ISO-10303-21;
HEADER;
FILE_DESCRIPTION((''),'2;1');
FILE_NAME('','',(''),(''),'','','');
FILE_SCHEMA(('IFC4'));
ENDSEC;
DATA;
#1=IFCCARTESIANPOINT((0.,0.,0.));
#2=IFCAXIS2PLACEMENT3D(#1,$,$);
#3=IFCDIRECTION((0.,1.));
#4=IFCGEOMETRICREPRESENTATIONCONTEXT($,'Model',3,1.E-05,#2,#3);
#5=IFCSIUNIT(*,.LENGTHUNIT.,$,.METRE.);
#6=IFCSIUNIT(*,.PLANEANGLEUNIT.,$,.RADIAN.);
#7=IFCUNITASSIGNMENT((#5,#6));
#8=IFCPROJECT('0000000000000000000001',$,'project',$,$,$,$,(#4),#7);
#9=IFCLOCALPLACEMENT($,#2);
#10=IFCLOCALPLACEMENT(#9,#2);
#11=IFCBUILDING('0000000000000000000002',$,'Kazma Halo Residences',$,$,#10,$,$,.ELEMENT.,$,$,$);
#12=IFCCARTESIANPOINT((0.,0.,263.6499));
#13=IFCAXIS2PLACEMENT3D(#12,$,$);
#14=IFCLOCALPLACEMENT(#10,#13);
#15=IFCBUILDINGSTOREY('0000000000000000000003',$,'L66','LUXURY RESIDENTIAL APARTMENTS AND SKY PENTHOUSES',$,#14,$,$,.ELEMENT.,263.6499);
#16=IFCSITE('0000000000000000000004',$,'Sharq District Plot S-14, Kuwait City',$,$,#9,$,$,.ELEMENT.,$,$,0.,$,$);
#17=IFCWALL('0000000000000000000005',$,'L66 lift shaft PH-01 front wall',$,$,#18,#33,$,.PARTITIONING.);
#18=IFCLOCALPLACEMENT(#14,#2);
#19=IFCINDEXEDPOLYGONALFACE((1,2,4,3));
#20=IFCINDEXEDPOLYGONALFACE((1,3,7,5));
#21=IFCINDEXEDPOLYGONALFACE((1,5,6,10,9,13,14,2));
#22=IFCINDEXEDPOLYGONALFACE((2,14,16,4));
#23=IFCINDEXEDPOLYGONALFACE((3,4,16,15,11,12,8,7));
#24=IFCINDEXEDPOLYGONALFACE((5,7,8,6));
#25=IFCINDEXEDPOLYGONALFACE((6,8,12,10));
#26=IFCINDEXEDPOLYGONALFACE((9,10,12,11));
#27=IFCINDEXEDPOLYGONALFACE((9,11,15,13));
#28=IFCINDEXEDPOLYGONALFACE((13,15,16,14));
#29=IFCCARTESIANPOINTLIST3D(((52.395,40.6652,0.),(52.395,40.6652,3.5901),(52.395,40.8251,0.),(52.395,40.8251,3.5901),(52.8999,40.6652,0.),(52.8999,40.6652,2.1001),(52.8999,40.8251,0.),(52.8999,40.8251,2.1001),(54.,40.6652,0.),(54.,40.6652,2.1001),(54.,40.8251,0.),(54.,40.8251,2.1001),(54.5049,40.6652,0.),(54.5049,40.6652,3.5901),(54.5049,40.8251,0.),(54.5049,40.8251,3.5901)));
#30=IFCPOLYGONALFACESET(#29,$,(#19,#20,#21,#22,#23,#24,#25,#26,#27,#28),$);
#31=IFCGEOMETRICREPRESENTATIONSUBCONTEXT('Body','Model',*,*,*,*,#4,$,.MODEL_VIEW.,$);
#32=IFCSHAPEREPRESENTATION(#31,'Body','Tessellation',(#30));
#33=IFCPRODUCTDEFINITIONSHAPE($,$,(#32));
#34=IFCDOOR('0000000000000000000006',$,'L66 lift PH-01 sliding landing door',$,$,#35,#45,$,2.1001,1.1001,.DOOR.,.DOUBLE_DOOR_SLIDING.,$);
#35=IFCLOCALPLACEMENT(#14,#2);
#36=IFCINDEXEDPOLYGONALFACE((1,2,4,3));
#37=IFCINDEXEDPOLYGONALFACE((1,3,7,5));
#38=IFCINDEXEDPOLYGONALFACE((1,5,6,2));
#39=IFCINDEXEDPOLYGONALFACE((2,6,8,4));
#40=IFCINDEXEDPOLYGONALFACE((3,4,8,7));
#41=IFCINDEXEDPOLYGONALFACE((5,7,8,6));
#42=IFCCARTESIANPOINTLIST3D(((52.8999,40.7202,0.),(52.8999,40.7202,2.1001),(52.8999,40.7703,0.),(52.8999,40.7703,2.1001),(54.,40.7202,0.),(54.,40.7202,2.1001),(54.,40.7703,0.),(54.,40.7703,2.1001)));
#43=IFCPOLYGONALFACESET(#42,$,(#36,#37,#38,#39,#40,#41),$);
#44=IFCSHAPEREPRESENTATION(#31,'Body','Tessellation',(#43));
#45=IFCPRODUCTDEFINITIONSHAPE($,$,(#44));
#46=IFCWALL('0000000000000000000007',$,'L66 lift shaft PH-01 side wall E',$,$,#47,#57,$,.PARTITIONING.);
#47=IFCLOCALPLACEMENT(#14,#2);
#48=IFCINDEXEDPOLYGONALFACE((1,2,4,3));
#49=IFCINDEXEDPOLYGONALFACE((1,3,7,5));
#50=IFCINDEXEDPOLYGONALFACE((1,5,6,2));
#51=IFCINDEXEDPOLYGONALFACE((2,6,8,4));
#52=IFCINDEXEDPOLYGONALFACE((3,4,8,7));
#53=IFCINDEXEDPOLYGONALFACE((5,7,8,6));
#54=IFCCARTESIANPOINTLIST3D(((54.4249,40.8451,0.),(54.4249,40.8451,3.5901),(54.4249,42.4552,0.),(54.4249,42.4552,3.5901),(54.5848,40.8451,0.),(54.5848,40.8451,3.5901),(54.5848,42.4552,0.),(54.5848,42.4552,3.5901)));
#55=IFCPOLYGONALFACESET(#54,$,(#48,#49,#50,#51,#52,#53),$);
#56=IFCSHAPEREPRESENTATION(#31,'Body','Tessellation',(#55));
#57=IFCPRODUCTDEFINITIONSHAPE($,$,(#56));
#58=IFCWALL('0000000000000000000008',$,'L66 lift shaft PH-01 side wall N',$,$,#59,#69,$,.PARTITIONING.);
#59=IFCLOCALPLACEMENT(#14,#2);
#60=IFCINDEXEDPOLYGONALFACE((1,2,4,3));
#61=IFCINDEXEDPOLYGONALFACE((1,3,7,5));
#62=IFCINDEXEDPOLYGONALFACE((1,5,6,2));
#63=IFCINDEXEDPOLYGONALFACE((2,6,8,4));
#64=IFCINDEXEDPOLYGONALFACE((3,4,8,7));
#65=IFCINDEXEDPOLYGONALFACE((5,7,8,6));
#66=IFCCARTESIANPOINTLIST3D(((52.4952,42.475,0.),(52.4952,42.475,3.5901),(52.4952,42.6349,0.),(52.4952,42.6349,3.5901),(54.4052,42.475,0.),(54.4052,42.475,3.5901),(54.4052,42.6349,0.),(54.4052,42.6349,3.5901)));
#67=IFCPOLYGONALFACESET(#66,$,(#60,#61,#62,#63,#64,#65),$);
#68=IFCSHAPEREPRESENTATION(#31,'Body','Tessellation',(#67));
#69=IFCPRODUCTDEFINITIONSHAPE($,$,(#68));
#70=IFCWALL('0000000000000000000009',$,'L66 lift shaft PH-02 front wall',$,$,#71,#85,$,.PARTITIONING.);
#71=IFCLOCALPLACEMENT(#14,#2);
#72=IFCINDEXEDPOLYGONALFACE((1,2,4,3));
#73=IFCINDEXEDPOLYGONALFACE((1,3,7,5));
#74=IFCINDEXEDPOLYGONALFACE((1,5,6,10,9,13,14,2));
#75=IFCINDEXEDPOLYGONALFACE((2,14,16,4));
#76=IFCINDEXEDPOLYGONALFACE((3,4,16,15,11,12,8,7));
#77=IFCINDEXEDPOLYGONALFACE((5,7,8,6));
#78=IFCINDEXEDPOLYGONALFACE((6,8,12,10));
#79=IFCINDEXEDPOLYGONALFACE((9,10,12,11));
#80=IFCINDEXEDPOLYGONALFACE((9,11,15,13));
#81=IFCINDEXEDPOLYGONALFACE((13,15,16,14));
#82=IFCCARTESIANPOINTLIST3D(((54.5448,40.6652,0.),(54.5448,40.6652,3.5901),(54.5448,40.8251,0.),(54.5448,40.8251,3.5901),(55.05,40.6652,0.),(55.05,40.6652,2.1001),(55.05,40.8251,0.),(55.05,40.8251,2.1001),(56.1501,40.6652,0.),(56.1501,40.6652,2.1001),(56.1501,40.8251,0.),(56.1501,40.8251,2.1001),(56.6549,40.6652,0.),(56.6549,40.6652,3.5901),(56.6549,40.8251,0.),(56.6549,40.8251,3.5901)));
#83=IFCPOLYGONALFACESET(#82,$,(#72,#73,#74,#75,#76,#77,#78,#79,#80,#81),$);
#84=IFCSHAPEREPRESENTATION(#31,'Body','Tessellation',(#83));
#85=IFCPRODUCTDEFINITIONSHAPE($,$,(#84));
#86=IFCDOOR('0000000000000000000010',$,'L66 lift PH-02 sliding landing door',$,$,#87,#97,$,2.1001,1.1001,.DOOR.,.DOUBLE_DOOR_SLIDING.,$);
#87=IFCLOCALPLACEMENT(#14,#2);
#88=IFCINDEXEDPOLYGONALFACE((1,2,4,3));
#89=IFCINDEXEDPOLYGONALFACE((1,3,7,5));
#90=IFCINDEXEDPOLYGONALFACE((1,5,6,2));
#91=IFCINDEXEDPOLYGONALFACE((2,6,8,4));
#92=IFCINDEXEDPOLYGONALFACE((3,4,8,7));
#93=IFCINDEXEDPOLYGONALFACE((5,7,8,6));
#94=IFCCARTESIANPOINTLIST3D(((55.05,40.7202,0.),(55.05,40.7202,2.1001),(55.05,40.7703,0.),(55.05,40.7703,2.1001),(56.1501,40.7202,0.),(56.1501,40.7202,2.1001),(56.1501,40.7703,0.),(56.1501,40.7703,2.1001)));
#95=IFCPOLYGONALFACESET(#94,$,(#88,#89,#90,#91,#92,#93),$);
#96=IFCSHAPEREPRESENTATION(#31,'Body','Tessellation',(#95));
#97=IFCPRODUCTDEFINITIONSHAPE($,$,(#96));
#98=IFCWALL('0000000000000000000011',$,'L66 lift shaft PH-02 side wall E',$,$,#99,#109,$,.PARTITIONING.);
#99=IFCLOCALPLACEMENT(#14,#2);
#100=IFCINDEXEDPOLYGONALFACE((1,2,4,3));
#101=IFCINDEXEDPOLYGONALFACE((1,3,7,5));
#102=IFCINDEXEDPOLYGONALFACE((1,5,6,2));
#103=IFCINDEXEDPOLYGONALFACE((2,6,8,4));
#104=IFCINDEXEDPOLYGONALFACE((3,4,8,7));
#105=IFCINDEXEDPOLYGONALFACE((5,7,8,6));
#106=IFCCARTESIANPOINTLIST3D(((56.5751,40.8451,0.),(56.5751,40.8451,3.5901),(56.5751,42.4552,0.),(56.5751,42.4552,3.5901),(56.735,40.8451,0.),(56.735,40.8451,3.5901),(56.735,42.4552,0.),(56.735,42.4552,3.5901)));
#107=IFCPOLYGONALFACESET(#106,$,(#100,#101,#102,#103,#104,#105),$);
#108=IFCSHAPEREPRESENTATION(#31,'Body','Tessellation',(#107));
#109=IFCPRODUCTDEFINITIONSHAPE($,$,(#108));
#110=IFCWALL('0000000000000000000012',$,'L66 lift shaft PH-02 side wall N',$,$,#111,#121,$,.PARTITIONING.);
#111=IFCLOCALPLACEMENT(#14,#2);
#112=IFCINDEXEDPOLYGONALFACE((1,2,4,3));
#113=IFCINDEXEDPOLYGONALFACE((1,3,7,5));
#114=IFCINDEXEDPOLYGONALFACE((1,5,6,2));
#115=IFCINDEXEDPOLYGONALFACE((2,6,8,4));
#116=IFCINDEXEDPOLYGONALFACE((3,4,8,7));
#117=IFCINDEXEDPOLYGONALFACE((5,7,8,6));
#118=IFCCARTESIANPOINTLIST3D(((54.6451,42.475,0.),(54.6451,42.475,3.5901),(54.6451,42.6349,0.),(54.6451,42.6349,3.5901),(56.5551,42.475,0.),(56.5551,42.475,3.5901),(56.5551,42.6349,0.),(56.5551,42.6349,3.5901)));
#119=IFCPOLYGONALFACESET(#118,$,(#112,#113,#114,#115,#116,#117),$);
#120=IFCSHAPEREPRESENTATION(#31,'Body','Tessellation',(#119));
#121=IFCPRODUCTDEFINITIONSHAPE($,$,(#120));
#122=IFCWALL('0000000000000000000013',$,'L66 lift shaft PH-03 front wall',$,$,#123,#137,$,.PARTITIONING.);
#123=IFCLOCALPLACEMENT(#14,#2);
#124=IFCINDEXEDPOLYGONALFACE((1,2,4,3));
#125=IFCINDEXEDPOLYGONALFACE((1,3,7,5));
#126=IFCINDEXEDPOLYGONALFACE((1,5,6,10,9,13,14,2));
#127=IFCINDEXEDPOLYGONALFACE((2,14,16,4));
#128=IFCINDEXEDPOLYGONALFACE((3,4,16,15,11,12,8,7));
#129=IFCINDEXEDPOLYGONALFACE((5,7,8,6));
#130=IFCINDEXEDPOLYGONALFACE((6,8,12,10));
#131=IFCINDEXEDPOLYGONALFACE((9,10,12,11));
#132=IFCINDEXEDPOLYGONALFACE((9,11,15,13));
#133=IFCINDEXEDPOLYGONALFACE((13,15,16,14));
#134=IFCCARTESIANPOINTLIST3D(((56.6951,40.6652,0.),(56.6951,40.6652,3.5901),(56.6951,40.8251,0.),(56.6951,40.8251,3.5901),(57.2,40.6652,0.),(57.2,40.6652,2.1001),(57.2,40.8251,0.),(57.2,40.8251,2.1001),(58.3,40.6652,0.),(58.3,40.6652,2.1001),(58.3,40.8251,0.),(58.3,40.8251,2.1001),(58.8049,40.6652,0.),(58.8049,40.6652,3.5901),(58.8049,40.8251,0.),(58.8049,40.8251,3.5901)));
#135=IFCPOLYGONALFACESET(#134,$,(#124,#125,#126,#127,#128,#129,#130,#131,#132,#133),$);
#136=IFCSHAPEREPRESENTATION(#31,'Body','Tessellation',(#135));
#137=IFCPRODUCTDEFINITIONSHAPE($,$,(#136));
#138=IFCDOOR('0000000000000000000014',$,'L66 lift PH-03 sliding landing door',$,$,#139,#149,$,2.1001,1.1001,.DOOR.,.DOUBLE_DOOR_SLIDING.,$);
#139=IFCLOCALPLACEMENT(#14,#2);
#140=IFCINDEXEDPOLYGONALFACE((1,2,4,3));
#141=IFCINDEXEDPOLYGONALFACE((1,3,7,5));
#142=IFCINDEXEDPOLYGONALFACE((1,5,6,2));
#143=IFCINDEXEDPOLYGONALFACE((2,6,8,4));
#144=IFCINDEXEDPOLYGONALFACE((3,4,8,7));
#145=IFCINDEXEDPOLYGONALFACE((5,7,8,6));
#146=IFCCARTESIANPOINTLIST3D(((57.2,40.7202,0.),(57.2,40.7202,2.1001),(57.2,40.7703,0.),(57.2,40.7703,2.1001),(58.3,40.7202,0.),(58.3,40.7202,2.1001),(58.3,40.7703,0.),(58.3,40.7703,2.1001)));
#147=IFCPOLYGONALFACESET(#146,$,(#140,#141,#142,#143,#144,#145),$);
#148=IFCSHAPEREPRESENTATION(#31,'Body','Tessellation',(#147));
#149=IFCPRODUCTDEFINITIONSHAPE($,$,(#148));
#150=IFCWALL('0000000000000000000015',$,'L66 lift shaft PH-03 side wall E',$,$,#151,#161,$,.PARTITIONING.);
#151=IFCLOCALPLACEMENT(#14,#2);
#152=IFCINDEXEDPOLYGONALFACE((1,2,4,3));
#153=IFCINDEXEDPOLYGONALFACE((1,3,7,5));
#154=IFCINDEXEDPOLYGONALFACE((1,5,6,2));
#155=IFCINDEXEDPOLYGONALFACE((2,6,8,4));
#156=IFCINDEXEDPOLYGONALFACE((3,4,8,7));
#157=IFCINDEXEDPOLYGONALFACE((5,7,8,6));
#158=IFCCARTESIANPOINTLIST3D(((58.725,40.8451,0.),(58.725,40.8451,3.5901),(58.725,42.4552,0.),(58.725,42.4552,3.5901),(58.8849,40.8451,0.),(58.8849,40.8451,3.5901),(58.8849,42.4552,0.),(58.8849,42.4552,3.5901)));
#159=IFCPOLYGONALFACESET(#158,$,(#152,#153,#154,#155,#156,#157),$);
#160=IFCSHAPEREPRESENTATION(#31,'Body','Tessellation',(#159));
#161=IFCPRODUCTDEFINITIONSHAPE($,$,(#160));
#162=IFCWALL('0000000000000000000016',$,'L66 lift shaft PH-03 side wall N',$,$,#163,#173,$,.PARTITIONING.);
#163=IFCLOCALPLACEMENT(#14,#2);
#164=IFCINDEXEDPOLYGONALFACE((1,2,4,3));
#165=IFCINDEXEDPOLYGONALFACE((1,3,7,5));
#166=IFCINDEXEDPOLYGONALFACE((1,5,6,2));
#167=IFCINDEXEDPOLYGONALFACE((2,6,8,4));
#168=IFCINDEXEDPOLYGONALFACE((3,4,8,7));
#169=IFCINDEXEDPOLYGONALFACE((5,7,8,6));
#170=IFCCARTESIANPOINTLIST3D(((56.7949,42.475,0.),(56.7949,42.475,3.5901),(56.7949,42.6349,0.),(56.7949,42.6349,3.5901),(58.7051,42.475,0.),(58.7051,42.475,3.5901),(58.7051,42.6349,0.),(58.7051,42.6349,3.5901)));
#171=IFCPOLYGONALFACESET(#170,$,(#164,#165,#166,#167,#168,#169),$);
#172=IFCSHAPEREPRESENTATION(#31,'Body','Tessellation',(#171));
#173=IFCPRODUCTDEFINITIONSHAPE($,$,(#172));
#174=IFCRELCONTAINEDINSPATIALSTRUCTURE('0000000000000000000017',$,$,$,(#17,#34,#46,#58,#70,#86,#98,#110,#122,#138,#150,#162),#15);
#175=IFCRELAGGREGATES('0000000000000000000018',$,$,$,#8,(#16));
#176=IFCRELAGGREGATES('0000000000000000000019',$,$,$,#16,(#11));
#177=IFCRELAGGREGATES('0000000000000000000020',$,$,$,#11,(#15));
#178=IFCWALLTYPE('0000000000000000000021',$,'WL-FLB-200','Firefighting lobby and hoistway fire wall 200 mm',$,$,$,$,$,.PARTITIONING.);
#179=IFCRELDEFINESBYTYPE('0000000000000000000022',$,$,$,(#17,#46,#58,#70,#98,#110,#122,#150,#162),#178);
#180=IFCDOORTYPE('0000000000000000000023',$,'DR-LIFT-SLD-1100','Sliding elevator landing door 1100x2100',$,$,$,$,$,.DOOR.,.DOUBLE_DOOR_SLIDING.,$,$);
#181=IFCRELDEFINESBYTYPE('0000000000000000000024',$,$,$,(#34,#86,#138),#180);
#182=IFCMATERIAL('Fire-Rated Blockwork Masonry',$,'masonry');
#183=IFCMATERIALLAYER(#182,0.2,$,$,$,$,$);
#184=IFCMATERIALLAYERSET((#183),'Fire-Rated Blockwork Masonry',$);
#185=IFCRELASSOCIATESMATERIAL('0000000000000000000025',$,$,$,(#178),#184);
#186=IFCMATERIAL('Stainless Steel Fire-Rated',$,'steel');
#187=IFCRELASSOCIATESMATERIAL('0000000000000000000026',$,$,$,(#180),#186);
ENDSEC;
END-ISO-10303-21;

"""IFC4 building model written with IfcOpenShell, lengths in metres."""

from ifc_helpers import new_model, si_unit, direction, frame, frame_2d, origin, place, context, subcontext, project, spatial, rectangle, extrude, material, layer, layer_set, type_object, element, fill, save


model = new_model("IFC4")

# Units and contexts
model_context = context("Model", 3, precision=1e-05, world=origin(), true_north=direction((0.0, 1.0)))
body_context = subcontext(model_context, "Body", "Model", "MODEL_VIEW")
ifc_project = project(units=[si_unit("LENGTHUNIT", "METRE"), si_unit("PLANEANGLEUNIT", "RADIAN")], contexts=[model_context])

# Site, building, storey
site_placement = place(None, origin())
site = spatial("IfcSite", under=ifc_project, at=site_placement, Name="Sharq District Plot S-14, Kuwait City", CompositionType="ELEMENT", RefElevation=0.0)
building_placement = place(site_placement, origin())
building = spatial("IfcBuilding", under=site, at=building_placement, Name="Kazma Halo Residences", CompositionType="ELEMENT")
storey_placement = place(building_placement, frame((0.0, 0.0, 263.6499)))
storey = spatial("IfcBuildingStorey", under=building, at=storey_placement, Name="L66", Description="LUXURY RESIDENTIAL APARTMENTS AND SKY PENTHOUSES", CompositionType="ELEMENT", Elevation=263.6499)

# Wall, opening, door
ifc_material_1 = material(Name="Fire-Rated Blockwork Masonry", Category="masonry")
ifc_layer_1 = layer(ifc_material_1, 0.2)
ifc_layer_set_1 = layer_set([ifc_layer_1], Name="Fire-Rated Blockwork Masonry")
wall_type_1 = type_object("IfcWallType", Name="WL-FLB-200", Description="Firefighting lobby and hoistway fire wall 200 mm", PredefinedType="PARTITIONING", material=ifc_layer_set_1)
wall_1_placement = place(storey_placement, frame((54.5049, 40.7451, 0.0), z_axis=(0.0, 0.0, 1.0), x_axis=(-1.0, 0.0, 0.0)))
wall_1 = element("IfcWall", 1, at=wall_1_placement, inside=storey, type_object=wall_type_1, Name="L66 lift shaft PH-01 front wall", PredefinedType="PARTITIONING", context=body_context, shape_type="SweptSolid", body=[
    extrude(rectangle(XDim=2.1099, YDim=0.1599, at=frame_2d((1.0549, 0.0))), origin(), (0.0, 0.0, 1.0), 3.5901),
])
opening_1_placement = place(wall_1_placement, frame((0.5049, 0.0, 0.0)))
opening_1 = element("IfcOpeningElement", 2, at=opening_1_placement, cuts=wall_1, PredefinedType="OPENING", context=body_context, shape_type="SweptSolid", body=[
    extrude(rectangle(XDim=1.1001, YDim=2.1001, at=frame_2d((0.55, 1.05))), frame((0.0, 0.0898, 0.0), z_axis=(0.0, -1.0, 0.0), x_axis=(1.0, 0.0, 0.0)), (0.0, 0.0, 1.0), 0.1799),
])
ifc_material_2 = material(Name="Stainless Steel Fire-Rated", Category="steel")
door_type_1 = type_object("IfcDoorType", Name="DR-LIFT-SLD-1100", Description="Sliding elevator landing door 1100x2100", OperationType="DOUBLE_DOOR_SLIDING", PredefinedType="DOOR", material=ifc_material_2)
door_1_placement = place(opening_1_placement, origin())
door_1 = element("IfcDoor", 3, at=door_1_placement, inside=storey, type_object=door_type_1, Name="L66 lift PH-01 sliding landing door", OperationType="DOUBLE_DOOR_SLIDING", OverallHeight=2.1001, OverallWidth=1.1001, PredefinedType="DOOR", context=body_context, shape_type="SweptSolid", body=[
    extrude(rectangle(XDim=1.1001, YDim=2.1001, at=frame_2d((0.55, 1.05))), frame((0.0, 0.0249, 0.0), z_axis=(0.0, -1.0, 0.0), x_axis=(1.0, 0.0, 0.0)), (0.0, 0.0, 1.0), 0.05),
])
fill(opening_1, door_1)

# Walls
wall_2_placement = place(storey_placement, frame((54.5049, 40.845, 0.0), z_axis=(0.0, 0.0, 1.0), x_axis=(0.0, 1.0, 0.0)))
element("IfcWall", 4, at=wall_2_placement, inside=storey, type_object=wall_type_1, Name="L66 lift shaft PH-01 side wall E", PredefinedType="PARTITIONING", context=body_context, shape_type="SweptSolid", body=[
    extrude(rectangle(XDim=1.6101, YDim=0.1599, at=frame_2d((0.8052, 0.0))), origin(), (0.0, 0.0, 1.0), 3.5901),
])
wall_3_placement = place(storey_placement, frame((52.4951, 42.5549, 0.0), z_axis=(0.0, 0.0, 1.0), x_axis=(1.0, 0.0, 0.0)))
element("IfcWall", 5, at=wall_3_placement, inside=storey, type_object=wall_type_1, Name="L66 lift shaft PH-01 side wall N", PredefinedType="PARTITIONING", context=body_context, shape_type="SweptSolid", body=[
    extrude(rectangle(XDim=1.9099, YDim=0.1599, at=frame_2d((0.9551, 0.0))), origin(), (0.0, 0.0, 1.0), 3.5901),
])

# Wall, opening, door
wall_4_placement = place(storey_placement, frame((56.655, 40.7451, 0.0), z_axis=(0.0, 0.0, 1.0), x_axis=(-1.0, 0.0, 0.0)))
wall_4 = element("IfcWall", 6, at=wall_4_placement, inside=storey, type_object=wall_type_1, Name="L66 lift shaft PH-02 front wall", PredefinedType="PARTITIONING", context=body_context, shape_type="SweptSolid", body=[
    extrude(rectangle(XDim=2.1101, YDim=0.1599, at=frame_2d((1.0552, 0.0))), origin(), (0.0, 0.0, 1.0), 3.5901),
])
opening_2_placement = place(wall_4_placement, frame((0.5049, 0.0, 0.0)))
opening_2 = element("IfcOpeningElement", 7, at=opening_2_placement, cuts=wall_4, PredefinedType="OPENING", context=body_context, shape_type="SweptSolid", body=[
    extrude(rectangle(XDim=1.1001, YDim=2.1001, at=frame_2d((0.55, 1.05))), frame((0.0, 0.0898, 0.0), z_axis=(0.0, -1.0, 0.0), x_axis=(1.0, 0.0, 0.0)), (0.0, 0.0, 1.0), 0.1799),
])
door_2_placement = place(opening_2_placement, origin())
door_2 = element("IfcDoor", 8, at=door_2_placement, inside=storey, type_object=door_type_1, Name="L66 lift PH-02 sliding landing door", OperationType="DOUBLE_DOOR_SLIDING", OverallHeight=2.1001, OverallWidth=1.1001, PredefinedType="DOOR", context=body_context, shape_type="SweptSolid", body=[
    extrude(rectangle(XDim=1.1001, YDim=2.1001, at=frame_2d((0.55, 1.05))), frame((0.0, 0.0249, 0.0), z_axis=(0.0, -1.0, 0.0), x_axis=(1.0, 0.0, 0.0)), (0.0, 0.0, 1.0), 0.05),
])
fill(opening_2, door_2)

# Walls
wall_5_placement = place(storey_placement, frame((56.655, 40.845, 0.0), z_axis=(0.0, 0.0, 1.0), x_axis=(0.0, 1.0, 0.0)))
element("IfcWall", 9, at=wall_5_placement, inside=storey, type_object=wall_type_1, Name="L66 lift shaft PH-02 side wall E", PredefinedType="PARTITIONING", context=body_context, shape_type="SweptSolid", body=[
    extrude(rectangle(XDim=1.6101, YDim=0.1599, at=frame_2d((0.8052, 0.0))), origin(), (0.0, 0.0, 1.0), 3.5901),
])
wall_6_placement = place(storey_placement, frame((54.645, 42.5549, 0.0), z_axis=(0.0, 0.0, 1.0), x_axis=(1.0, 0.0, 0.0)))
element("IfcWall", 10, at=wall_6_placement, inside=storey, type_object=wall_type_1, Name="L66 lift shaft PH-02 side wall N", PredefinedType="PARTITIONING", context=body_context, shape_type="SweptSolid", body=[
    extrude(rectangle(XDim=1.9099, YDim=0.1599, at=frame_2d((0.9551, 0.0))), origin(), (0.0, 0.0, 1.0), 3.5901),
])

# Wall, opening, door
wall_7_placement = place(storey_placement, frame((58.8049, 40.7451, 0.0), z_axis=(0.0, 0.0, 1.0), x_axis=(-1.0, 0.0, 0.0)))
wall_7 = element("IfcWall", 11, at=wall_7_placement, inside=storey, type_object=wall_type_1, Name="L66 lift shaft PH-03 front wall", PredefinedType="PARTITIONING", context=body_context, shape_type="SweptSolid", body=[
    extrude(rectangle(XDim=2.1099, YDim=0.1599, at=frame_2d((1.0549, 0.0))), origin(), (0.0, 0.0, 1.0), 3.5901),
])
opening_3_placement = place(wall_7_placement, frame((0.5049, 0.0, 0.0)))
opening_3 = element("IfcOpeningElement", 12, at=opening_3_placement, cuts=wall_7, PredefinedType="OPENING", context=body_context, shape_type="SweptSolid", body=[
    extrude(rectangle(XDim=1.1001, YDim=2.1001, at=frame_2d((0.55, 1.05))), frame((0.0, 0.0898, 0.0), z_axis=(0.0, -1.0, 0.0), x_axis=(1.0, 0.0, 0.0)), (0.0, 0.0, 1.0), 0.1799),
])
door_3_placement = place(opening_3_placement, origin())
door_3 = element("IfcDoor", 13, at=door_3_placement, inside=storey, type_object=door_type_1, Name="L66 lift PH-03 sliding landing door", OperationType="DOUBLE_DOOR_SLIDING", OverallHeight=2.1001, OverallWidth=1.1001, PredefinedType="DOOR", context=body_context, shape_type="SweptSolid", body=[
    extrude(rectangle(XDim=1.1001, YDim=2.1001, at=frame_2d((0.55, 1.05))), frame((0.0, 0.0249, 0.0), z_axis=(0.0, -1.0, 0.0), x_axis=(1.0, 0.0, 0.0)), (0.0, 0.0, 1.0), 0.05),
])
fill(opening_3, door_3)

# Walls
wall_8_placement = place(storey_placement, frame((58.8049, 40.845, 0.0), z_axis=(0.0, 0.0, 1.0), x_axis=(0.0, 1.0, 0.0)))
element("IfcWall", 14, at=wall_8_placement, inside=storey, type_object=wall_type_1, Name="L66 lift shaft PH-03 side wall E", PredefinedType="PARTITIONING", context=body_context, shape_type="SweptSolid", body=[
    extrude(rectangle(XDim=1.6101, YDim=0.1599, at=frame_2d((0.8052, 0.0))), origin(), (0.0, 0.0, 1.0), 3.5901),
])
wall_9_placement = place(storey_placement, frame((56.7949, 42.5549, 0.0), z_axis=(0.0, 0.0, 1.0), x_axis=(1.0, 0.0, 0.0)))
element("IfcWall", 15, at=wall_9_placement, inside=storey, type_object=wall_type_1, Name="L66 lift shaft PH-03 side wall N", PredefinedType="PARTITIONING", context=body_context, shape_type="SweptSolid", body=[
    extrude(rectangle(XDim=1.9102, YDim=0.1599, at=frame_2d((0.9551, 0.0))), origin(), (0.0, 0.0, 1.0), 3.5901),
])

save(model, "model.ifc")
